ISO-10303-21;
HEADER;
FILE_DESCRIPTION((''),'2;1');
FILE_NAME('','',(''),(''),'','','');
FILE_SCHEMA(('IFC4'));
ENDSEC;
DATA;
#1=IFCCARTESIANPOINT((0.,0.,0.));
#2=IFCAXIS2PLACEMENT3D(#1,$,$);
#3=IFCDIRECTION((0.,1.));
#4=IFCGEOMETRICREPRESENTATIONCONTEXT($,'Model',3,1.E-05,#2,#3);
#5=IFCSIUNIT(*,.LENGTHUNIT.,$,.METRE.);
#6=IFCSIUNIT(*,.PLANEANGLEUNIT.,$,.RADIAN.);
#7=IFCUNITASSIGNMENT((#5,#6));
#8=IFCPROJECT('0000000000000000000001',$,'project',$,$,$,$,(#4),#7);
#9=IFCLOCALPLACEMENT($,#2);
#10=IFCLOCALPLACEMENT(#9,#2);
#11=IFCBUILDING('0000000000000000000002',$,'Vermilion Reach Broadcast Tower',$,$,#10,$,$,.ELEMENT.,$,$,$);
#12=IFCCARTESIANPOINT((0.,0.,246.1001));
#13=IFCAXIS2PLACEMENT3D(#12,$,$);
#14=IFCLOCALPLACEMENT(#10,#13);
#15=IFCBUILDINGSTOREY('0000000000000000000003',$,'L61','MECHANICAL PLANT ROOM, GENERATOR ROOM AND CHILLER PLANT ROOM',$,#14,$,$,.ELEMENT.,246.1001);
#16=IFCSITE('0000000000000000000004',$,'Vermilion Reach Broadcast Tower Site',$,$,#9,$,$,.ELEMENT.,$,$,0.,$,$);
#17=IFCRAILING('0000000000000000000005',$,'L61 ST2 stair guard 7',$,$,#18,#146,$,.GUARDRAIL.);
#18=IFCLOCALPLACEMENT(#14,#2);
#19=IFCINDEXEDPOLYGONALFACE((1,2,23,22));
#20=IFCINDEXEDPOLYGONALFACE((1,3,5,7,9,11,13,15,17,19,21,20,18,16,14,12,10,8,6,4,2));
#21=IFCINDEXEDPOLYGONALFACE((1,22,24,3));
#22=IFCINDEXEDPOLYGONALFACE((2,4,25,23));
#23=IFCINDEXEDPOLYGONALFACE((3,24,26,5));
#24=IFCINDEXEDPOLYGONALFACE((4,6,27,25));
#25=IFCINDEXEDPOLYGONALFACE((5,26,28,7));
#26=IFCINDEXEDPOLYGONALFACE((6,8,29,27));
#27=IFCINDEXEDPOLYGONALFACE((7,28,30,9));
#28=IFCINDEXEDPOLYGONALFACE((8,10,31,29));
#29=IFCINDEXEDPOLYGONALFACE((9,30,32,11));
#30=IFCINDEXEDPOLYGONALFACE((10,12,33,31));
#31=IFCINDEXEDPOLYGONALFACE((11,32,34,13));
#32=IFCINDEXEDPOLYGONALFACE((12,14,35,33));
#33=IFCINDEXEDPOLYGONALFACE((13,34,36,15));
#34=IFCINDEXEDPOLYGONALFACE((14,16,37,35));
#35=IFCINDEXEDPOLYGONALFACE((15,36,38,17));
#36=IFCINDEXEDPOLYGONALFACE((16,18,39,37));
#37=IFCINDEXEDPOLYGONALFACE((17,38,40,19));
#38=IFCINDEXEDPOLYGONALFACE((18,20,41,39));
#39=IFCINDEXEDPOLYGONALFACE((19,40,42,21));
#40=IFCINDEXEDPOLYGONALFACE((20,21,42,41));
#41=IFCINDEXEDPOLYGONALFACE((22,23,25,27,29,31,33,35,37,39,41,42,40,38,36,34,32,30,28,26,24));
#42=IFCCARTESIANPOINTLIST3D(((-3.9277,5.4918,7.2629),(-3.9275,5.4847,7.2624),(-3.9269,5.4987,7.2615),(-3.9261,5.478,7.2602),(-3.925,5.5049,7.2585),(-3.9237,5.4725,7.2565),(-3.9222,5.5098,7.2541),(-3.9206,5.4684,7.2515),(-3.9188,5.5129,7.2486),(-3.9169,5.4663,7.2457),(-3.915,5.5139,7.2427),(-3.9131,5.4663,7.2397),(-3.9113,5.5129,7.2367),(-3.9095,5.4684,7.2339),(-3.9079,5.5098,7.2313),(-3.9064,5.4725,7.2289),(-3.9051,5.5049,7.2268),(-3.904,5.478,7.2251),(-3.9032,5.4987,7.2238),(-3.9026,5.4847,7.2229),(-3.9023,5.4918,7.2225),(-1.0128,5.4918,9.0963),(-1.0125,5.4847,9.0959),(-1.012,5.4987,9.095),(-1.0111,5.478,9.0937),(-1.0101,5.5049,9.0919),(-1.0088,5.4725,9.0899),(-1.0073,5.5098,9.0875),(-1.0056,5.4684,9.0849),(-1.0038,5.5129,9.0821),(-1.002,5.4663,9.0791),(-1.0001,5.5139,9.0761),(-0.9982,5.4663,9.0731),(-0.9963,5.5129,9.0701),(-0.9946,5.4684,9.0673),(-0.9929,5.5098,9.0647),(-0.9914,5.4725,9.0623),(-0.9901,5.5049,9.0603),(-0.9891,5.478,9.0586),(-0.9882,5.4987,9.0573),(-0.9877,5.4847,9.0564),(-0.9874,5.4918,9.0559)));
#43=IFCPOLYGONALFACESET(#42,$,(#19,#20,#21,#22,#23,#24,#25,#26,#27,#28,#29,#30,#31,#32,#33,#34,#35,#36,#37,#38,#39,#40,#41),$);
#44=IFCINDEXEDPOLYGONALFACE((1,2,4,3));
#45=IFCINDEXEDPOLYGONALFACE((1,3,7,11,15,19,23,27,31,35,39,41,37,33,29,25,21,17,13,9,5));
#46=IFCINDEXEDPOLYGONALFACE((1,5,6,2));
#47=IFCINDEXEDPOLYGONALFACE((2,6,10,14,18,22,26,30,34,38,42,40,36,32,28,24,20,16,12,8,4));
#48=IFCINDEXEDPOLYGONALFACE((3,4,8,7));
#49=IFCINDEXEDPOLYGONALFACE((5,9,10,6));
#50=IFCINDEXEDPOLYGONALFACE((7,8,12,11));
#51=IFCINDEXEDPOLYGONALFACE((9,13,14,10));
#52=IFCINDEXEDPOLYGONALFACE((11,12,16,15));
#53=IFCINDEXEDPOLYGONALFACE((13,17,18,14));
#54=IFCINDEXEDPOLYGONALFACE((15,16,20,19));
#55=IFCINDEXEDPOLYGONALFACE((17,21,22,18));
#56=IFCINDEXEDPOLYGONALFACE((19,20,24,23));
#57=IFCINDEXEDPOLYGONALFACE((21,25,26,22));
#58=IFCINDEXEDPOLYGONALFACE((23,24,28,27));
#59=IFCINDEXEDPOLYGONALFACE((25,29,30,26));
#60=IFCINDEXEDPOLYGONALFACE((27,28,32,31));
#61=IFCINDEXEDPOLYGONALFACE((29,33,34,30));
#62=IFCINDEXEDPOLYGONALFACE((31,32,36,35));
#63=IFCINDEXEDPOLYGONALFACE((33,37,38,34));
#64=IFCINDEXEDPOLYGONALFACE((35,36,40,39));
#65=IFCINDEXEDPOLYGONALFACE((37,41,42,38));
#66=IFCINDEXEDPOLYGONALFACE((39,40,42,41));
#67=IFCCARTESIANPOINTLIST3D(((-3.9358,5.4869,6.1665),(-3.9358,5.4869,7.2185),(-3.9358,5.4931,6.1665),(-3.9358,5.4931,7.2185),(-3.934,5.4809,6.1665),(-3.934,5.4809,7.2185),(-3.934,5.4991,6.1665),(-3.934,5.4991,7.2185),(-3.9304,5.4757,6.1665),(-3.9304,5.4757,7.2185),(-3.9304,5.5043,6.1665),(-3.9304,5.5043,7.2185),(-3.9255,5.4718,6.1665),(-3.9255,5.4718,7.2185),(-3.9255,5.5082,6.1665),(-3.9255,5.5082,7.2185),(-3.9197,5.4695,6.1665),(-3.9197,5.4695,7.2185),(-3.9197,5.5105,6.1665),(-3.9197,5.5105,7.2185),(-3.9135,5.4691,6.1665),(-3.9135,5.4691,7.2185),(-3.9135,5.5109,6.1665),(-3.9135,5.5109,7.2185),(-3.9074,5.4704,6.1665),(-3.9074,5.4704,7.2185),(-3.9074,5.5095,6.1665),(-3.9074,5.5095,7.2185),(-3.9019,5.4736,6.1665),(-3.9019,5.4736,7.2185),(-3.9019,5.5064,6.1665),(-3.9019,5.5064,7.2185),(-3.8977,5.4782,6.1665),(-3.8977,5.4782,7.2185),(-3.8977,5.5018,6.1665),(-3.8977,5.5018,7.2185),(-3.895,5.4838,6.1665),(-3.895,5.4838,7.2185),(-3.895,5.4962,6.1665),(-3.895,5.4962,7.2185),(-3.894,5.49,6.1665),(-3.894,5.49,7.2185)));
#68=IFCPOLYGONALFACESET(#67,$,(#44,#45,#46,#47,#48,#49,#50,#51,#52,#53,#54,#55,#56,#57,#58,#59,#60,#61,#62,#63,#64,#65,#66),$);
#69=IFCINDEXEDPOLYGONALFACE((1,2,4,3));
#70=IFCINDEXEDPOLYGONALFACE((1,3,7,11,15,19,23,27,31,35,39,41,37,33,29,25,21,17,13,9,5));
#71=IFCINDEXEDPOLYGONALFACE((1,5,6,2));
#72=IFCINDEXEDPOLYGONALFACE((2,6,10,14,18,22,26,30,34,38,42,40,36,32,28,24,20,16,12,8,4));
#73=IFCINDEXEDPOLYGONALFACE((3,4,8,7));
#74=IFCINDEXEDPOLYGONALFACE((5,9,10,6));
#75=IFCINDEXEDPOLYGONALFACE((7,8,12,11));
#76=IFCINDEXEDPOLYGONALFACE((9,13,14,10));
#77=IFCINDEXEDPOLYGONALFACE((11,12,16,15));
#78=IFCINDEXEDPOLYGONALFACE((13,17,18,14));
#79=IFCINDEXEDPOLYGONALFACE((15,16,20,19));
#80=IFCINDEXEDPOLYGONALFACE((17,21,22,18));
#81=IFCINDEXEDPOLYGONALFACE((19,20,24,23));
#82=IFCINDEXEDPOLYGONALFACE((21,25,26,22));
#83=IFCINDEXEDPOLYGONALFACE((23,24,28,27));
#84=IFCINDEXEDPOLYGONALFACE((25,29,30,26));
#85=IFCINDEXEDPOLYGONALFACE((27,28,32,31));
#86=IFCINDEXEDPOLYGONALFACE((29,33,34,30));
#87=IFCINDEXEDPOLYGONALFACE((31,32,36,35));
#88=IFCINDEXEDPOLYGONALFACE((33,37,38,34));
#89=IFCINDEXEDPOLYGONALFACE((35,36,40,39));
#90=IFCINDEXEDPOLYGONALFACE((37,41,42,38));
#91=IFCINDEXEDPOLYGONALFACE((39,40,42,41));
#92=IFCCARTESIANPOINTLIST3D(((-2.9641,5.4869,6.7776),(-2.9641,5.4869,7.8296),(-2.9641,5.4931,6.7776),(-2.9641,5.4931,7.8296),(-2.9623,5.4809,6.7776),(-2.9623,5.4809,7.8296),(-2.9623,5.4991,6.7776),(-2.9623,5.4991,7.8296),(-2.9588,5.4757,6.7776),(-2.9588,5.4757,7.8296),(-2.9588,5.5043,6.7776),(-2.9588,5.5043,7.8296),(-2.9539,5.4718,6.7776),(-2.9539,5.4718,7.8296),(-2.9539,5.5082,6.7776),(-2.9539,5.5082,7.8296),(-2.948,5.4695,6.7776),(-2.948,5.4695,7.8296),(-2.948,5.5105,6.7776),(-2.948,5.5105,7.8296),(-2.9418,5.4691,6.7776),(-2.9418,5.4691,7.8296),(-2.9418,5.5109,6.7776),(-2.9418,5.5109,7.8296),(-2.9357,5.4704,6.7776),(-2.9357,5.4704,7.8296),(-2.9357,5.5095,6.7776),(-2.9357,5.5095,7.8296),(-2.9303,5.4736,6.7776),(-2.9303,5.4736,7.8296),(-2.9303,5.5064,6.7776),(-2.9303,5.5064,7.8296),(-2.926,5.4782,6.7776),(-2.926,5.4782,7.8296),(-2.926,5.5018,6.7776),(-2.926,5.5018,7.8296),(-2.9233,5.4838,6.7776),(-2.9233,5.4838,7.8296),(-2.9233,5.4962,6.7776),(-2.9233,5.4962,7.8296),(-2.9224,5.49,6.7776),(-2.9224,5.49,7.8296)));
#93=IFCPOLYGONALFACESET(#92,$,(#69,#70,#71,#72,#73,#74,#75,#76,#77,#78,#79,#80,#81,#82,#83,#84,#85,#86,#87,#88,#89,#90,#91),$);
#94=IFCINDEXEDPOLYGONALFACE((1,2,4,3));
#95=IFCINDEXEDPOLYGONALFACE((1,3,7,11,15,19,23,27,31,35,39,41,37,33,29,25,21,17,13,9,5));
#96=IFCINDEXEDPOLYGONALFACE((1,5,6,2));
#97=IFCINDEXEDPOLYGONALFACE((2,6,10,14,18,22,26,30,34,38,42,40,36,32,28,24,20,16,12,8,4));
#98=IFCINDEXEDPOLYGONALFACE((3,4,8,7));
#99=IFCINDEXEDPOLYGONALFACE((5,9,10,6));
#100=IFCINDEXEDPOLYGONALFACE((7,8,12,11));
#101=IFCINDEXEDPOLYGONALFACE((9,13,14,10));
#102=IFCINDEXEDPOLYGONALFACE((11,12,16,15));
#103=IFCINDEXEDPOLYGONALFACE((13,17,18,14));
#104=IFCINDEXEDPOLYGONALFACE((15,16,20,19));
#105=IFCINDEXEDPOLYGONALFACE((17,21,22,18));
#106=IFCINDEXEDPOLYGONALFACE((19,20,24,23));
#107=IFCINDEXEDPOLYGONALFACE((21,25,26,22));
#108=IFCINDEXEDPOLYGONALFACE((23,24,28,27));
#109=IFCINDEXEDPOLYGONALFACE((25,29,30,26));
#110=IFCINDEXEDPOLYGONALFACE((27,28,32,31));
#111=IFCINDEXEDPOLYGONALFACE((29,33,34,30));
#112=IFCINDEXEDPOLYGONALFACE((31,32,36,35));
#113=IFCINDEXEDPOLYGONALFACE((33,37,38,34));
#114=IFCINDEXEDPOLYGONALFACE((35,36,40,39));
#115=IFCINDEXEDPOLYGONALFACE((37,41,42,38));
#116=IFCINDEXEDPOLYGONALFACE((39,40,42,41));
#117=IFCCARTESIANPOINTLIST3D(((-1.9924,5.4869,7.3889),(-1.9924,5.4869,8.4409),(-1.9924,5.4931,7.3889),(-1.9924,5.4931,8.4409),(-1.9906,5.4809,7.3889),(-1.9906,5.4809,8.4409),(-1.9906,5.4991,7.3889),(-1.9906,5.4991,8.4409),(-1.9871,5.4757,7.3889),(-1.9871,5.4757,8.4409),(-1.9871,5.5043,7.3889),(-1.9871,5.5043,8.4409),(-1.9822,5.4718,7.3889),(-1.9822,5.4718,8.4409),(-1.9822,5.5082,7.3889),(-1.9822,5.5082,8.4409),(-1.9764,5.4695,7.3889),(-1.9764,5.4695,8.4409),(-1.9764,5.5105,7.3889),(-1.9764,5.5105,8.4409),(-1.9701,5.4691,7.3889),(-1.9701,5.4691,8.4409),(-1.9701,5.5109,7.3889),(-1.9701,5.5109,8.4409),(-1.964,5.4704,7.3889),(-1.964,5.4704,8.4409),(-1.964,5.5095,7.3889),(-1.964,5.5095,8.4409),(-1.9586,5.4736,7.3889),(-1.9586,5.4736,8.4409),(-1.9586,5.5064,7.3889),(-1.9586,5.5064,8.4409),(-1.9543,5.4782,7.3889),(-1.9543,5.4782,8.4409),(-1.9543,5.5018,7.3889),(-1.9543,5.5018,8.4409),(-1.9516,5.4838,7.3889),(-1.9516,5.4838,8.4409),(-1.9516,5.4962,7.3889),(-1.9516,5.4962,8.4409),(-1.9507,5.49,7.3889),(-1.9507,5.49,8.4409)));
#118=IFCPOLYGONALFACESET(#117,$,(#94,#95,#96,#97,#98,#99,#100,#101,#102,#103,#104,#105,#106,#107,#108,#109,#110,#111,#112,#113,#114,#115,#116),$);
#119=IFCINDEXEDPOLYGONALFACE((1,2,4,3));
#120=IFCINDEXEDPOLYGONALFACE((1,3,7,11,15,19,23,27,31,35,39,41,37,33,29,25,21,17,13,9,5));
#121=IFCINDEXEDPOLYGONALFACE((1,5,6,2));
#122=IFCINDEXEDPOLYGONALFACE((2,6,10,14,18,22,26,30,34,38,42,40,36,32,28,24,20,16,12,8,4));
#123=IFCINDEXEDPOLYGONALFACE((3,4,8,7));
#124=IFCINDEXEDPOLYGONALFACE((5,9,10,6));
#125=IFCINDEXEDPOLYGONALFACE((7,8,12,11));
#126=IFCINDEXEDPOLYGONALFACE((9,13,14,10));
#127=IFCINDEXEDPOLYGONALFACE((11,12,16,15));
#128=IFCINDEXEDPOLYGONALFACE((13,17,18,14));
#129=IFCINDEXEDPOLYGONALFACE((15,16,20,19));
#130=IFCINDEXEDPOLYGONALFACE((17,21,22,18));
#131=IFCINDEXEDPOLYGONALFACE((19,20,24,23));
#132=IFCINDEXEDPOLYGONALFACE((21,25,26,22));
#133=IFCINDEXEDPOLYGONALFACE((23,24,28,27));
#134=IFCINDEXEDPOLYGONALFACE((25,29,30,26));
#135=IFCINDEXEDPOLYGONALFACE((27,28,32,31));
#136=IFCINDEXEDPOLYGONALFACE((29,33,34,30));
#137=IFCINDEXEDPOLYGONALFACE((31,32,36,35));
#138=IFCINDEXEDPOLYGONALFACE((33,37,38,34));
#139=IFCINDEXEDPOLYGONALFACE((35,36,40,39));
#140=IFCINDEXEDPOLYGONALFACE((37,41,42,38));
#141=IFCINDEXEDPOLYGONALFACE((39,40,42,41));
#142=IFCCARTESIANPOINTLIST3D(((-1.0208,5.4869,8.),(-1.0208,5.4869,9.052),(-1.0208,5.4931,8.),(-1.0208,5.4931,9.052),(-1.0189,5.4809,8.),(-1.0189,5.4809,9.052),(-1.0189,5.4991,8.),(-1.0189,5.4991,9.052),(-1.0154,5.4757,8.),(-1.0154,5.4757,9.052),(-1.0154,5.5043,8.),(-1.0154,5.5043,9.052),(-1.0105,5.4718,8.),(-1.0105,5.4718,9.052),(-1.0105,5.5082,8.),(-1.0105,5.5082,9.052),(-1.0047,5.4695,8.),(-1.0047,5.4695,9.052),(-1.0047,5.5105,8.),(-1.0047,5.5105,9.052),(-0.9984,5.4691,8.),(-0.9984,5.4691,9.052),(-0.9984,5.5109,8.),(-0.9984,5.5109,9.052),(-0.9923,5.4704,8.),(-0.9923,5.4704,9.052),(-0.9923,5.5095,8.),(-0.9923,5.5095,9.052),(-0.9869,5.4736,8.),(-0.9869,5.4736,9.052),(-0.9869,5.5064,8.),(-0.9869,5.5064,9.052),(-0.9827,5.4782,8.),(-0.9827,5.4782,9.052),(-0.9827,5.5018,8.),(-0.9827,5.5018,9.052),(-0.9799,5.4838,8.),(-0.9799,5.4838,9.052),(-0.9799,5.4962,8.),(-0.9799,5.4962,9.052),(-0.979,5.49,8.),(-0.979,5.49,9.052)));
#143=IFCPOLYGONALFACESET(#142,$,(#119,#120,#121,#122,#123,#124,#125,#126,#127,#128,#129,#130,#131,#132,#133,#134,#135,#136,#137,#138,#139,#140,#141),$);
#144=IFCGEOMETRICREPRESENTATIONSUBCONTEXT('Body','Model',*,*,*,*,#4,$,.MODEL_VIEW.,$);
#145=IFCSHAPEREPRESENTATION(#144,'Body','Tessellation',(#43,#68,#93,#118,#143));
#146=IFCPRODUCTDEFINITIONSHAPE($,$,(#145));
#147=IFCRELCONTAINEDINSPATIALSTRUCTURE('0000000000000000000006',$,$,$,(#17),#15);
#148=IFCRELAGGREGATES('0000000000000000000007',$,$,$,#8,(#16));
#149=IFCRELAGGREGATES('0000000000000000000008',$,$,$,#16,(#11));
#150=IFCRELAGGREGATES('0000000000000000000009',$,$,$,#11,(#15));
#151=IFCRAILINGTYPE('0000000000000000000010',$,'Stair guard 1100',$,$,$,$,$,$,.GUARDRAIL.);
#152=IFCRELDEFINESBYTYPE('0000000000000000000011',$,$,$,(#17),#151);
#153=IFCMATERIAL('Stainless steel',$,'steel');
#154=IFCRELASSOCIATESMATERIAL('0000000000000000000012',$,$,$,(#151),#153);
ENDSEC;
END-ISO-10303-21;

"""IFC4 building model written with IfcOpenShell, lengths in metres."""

from ifc_helpers import new_model, si_unit, direction, frame, origin, origin_2d, place, context, subcontext, project, spatial, circle, extrude, material, type_object, element, save


model = new_model("IFC4")

# Units and contexts
model_context = context("Model", 3, precision=1e-05, world=origin(), true_north=direction((0.0, 1.0)))
body_context = subcontext(model_context, "Body", "Model", "MODEL_VIEW")
ifc_project = project(units=[si_unit("LENGTHUNIT", "METRE"), si_unit("PLANEANGLEUNIT", "RADIAN")], contexts=[model_context])

# Site, building, storey
site_placement = place(None, origin())
site = spatial("IfcSite", under=ifc_project, at=site_placement, Name="Vermilion Reach Broadcast Tower Site", CompositionType="ELEMENT", RefElevation=0.0)
building_placement = place(site_placement, origin())
building = spatial("IfcBuilding", under=site, at=building_placement, Name="Vermilion Reach Broadcast Tower", CompositionType="ELEMENT")
storey_placement = place(building_placement, frame((0.0, 0.0, 246.1001)))
storey = spatial("IfcBuildingStorey", under=building, at=storey_placement, Name="L61", Description="MECHANICAL PLANT ROOM, GENERATOR ROOM AND CHILLER PLANT ROOM", CompositionType="ELEMENT", Elevation=246.1001)

# Railing
ifc_material_1 = material(Name="Stainless steel", Category="steel")
railing_type_1 = type_object("IfcRailingType", Name="Stair guard 1100", PredefinedType="GUARDRAIL", material=ifc_material_1)
railing_1_placement = place(storey_placement, frame((-3.915, 5.49, 6.1665)))
element("IfcRailing", 1, at=railing_1_placement, inside=storey, type_object=railing_type_1, Name="L61 ST2 stair guard 7", PredefinedType="GUARDRAIL", context=body_context, shape_type="SweptSolid", body=[
    extrude(circle(Radius=0.0239, at=origin_2d()), frame((0.0, 0.0, 1.0762), z_axis=(0.846481, 0.0, 0.532418), x_axis=(0.0, 1.0, 0.0)), (0.0, 0.0, 1.0), 3.4436),
    extrude(circle(Radius=0.021, at=origin_2d()), origin(), (0.0, 0.0, 1.0), 1.052),
    extrude(circle(Radius=0.021, at=origin_2d()), frame((0.9717, 0.0, 0.6111)), (0.0, 0.0, 1.0), 1.052),
    extrude(circle(Radius=0.021, at=origin_2d()), frame((1.9434, 0.0, 1.2224)), (0.0, 0.0, 1.0), 1.052),
    extrude(circle(Radius=0.021, at=origin_2d()), frame((2.915, 0.0, 1.8335)), (0.0, 0.0, 1.0), 1.052),
])

save(model, "model.ifc")
